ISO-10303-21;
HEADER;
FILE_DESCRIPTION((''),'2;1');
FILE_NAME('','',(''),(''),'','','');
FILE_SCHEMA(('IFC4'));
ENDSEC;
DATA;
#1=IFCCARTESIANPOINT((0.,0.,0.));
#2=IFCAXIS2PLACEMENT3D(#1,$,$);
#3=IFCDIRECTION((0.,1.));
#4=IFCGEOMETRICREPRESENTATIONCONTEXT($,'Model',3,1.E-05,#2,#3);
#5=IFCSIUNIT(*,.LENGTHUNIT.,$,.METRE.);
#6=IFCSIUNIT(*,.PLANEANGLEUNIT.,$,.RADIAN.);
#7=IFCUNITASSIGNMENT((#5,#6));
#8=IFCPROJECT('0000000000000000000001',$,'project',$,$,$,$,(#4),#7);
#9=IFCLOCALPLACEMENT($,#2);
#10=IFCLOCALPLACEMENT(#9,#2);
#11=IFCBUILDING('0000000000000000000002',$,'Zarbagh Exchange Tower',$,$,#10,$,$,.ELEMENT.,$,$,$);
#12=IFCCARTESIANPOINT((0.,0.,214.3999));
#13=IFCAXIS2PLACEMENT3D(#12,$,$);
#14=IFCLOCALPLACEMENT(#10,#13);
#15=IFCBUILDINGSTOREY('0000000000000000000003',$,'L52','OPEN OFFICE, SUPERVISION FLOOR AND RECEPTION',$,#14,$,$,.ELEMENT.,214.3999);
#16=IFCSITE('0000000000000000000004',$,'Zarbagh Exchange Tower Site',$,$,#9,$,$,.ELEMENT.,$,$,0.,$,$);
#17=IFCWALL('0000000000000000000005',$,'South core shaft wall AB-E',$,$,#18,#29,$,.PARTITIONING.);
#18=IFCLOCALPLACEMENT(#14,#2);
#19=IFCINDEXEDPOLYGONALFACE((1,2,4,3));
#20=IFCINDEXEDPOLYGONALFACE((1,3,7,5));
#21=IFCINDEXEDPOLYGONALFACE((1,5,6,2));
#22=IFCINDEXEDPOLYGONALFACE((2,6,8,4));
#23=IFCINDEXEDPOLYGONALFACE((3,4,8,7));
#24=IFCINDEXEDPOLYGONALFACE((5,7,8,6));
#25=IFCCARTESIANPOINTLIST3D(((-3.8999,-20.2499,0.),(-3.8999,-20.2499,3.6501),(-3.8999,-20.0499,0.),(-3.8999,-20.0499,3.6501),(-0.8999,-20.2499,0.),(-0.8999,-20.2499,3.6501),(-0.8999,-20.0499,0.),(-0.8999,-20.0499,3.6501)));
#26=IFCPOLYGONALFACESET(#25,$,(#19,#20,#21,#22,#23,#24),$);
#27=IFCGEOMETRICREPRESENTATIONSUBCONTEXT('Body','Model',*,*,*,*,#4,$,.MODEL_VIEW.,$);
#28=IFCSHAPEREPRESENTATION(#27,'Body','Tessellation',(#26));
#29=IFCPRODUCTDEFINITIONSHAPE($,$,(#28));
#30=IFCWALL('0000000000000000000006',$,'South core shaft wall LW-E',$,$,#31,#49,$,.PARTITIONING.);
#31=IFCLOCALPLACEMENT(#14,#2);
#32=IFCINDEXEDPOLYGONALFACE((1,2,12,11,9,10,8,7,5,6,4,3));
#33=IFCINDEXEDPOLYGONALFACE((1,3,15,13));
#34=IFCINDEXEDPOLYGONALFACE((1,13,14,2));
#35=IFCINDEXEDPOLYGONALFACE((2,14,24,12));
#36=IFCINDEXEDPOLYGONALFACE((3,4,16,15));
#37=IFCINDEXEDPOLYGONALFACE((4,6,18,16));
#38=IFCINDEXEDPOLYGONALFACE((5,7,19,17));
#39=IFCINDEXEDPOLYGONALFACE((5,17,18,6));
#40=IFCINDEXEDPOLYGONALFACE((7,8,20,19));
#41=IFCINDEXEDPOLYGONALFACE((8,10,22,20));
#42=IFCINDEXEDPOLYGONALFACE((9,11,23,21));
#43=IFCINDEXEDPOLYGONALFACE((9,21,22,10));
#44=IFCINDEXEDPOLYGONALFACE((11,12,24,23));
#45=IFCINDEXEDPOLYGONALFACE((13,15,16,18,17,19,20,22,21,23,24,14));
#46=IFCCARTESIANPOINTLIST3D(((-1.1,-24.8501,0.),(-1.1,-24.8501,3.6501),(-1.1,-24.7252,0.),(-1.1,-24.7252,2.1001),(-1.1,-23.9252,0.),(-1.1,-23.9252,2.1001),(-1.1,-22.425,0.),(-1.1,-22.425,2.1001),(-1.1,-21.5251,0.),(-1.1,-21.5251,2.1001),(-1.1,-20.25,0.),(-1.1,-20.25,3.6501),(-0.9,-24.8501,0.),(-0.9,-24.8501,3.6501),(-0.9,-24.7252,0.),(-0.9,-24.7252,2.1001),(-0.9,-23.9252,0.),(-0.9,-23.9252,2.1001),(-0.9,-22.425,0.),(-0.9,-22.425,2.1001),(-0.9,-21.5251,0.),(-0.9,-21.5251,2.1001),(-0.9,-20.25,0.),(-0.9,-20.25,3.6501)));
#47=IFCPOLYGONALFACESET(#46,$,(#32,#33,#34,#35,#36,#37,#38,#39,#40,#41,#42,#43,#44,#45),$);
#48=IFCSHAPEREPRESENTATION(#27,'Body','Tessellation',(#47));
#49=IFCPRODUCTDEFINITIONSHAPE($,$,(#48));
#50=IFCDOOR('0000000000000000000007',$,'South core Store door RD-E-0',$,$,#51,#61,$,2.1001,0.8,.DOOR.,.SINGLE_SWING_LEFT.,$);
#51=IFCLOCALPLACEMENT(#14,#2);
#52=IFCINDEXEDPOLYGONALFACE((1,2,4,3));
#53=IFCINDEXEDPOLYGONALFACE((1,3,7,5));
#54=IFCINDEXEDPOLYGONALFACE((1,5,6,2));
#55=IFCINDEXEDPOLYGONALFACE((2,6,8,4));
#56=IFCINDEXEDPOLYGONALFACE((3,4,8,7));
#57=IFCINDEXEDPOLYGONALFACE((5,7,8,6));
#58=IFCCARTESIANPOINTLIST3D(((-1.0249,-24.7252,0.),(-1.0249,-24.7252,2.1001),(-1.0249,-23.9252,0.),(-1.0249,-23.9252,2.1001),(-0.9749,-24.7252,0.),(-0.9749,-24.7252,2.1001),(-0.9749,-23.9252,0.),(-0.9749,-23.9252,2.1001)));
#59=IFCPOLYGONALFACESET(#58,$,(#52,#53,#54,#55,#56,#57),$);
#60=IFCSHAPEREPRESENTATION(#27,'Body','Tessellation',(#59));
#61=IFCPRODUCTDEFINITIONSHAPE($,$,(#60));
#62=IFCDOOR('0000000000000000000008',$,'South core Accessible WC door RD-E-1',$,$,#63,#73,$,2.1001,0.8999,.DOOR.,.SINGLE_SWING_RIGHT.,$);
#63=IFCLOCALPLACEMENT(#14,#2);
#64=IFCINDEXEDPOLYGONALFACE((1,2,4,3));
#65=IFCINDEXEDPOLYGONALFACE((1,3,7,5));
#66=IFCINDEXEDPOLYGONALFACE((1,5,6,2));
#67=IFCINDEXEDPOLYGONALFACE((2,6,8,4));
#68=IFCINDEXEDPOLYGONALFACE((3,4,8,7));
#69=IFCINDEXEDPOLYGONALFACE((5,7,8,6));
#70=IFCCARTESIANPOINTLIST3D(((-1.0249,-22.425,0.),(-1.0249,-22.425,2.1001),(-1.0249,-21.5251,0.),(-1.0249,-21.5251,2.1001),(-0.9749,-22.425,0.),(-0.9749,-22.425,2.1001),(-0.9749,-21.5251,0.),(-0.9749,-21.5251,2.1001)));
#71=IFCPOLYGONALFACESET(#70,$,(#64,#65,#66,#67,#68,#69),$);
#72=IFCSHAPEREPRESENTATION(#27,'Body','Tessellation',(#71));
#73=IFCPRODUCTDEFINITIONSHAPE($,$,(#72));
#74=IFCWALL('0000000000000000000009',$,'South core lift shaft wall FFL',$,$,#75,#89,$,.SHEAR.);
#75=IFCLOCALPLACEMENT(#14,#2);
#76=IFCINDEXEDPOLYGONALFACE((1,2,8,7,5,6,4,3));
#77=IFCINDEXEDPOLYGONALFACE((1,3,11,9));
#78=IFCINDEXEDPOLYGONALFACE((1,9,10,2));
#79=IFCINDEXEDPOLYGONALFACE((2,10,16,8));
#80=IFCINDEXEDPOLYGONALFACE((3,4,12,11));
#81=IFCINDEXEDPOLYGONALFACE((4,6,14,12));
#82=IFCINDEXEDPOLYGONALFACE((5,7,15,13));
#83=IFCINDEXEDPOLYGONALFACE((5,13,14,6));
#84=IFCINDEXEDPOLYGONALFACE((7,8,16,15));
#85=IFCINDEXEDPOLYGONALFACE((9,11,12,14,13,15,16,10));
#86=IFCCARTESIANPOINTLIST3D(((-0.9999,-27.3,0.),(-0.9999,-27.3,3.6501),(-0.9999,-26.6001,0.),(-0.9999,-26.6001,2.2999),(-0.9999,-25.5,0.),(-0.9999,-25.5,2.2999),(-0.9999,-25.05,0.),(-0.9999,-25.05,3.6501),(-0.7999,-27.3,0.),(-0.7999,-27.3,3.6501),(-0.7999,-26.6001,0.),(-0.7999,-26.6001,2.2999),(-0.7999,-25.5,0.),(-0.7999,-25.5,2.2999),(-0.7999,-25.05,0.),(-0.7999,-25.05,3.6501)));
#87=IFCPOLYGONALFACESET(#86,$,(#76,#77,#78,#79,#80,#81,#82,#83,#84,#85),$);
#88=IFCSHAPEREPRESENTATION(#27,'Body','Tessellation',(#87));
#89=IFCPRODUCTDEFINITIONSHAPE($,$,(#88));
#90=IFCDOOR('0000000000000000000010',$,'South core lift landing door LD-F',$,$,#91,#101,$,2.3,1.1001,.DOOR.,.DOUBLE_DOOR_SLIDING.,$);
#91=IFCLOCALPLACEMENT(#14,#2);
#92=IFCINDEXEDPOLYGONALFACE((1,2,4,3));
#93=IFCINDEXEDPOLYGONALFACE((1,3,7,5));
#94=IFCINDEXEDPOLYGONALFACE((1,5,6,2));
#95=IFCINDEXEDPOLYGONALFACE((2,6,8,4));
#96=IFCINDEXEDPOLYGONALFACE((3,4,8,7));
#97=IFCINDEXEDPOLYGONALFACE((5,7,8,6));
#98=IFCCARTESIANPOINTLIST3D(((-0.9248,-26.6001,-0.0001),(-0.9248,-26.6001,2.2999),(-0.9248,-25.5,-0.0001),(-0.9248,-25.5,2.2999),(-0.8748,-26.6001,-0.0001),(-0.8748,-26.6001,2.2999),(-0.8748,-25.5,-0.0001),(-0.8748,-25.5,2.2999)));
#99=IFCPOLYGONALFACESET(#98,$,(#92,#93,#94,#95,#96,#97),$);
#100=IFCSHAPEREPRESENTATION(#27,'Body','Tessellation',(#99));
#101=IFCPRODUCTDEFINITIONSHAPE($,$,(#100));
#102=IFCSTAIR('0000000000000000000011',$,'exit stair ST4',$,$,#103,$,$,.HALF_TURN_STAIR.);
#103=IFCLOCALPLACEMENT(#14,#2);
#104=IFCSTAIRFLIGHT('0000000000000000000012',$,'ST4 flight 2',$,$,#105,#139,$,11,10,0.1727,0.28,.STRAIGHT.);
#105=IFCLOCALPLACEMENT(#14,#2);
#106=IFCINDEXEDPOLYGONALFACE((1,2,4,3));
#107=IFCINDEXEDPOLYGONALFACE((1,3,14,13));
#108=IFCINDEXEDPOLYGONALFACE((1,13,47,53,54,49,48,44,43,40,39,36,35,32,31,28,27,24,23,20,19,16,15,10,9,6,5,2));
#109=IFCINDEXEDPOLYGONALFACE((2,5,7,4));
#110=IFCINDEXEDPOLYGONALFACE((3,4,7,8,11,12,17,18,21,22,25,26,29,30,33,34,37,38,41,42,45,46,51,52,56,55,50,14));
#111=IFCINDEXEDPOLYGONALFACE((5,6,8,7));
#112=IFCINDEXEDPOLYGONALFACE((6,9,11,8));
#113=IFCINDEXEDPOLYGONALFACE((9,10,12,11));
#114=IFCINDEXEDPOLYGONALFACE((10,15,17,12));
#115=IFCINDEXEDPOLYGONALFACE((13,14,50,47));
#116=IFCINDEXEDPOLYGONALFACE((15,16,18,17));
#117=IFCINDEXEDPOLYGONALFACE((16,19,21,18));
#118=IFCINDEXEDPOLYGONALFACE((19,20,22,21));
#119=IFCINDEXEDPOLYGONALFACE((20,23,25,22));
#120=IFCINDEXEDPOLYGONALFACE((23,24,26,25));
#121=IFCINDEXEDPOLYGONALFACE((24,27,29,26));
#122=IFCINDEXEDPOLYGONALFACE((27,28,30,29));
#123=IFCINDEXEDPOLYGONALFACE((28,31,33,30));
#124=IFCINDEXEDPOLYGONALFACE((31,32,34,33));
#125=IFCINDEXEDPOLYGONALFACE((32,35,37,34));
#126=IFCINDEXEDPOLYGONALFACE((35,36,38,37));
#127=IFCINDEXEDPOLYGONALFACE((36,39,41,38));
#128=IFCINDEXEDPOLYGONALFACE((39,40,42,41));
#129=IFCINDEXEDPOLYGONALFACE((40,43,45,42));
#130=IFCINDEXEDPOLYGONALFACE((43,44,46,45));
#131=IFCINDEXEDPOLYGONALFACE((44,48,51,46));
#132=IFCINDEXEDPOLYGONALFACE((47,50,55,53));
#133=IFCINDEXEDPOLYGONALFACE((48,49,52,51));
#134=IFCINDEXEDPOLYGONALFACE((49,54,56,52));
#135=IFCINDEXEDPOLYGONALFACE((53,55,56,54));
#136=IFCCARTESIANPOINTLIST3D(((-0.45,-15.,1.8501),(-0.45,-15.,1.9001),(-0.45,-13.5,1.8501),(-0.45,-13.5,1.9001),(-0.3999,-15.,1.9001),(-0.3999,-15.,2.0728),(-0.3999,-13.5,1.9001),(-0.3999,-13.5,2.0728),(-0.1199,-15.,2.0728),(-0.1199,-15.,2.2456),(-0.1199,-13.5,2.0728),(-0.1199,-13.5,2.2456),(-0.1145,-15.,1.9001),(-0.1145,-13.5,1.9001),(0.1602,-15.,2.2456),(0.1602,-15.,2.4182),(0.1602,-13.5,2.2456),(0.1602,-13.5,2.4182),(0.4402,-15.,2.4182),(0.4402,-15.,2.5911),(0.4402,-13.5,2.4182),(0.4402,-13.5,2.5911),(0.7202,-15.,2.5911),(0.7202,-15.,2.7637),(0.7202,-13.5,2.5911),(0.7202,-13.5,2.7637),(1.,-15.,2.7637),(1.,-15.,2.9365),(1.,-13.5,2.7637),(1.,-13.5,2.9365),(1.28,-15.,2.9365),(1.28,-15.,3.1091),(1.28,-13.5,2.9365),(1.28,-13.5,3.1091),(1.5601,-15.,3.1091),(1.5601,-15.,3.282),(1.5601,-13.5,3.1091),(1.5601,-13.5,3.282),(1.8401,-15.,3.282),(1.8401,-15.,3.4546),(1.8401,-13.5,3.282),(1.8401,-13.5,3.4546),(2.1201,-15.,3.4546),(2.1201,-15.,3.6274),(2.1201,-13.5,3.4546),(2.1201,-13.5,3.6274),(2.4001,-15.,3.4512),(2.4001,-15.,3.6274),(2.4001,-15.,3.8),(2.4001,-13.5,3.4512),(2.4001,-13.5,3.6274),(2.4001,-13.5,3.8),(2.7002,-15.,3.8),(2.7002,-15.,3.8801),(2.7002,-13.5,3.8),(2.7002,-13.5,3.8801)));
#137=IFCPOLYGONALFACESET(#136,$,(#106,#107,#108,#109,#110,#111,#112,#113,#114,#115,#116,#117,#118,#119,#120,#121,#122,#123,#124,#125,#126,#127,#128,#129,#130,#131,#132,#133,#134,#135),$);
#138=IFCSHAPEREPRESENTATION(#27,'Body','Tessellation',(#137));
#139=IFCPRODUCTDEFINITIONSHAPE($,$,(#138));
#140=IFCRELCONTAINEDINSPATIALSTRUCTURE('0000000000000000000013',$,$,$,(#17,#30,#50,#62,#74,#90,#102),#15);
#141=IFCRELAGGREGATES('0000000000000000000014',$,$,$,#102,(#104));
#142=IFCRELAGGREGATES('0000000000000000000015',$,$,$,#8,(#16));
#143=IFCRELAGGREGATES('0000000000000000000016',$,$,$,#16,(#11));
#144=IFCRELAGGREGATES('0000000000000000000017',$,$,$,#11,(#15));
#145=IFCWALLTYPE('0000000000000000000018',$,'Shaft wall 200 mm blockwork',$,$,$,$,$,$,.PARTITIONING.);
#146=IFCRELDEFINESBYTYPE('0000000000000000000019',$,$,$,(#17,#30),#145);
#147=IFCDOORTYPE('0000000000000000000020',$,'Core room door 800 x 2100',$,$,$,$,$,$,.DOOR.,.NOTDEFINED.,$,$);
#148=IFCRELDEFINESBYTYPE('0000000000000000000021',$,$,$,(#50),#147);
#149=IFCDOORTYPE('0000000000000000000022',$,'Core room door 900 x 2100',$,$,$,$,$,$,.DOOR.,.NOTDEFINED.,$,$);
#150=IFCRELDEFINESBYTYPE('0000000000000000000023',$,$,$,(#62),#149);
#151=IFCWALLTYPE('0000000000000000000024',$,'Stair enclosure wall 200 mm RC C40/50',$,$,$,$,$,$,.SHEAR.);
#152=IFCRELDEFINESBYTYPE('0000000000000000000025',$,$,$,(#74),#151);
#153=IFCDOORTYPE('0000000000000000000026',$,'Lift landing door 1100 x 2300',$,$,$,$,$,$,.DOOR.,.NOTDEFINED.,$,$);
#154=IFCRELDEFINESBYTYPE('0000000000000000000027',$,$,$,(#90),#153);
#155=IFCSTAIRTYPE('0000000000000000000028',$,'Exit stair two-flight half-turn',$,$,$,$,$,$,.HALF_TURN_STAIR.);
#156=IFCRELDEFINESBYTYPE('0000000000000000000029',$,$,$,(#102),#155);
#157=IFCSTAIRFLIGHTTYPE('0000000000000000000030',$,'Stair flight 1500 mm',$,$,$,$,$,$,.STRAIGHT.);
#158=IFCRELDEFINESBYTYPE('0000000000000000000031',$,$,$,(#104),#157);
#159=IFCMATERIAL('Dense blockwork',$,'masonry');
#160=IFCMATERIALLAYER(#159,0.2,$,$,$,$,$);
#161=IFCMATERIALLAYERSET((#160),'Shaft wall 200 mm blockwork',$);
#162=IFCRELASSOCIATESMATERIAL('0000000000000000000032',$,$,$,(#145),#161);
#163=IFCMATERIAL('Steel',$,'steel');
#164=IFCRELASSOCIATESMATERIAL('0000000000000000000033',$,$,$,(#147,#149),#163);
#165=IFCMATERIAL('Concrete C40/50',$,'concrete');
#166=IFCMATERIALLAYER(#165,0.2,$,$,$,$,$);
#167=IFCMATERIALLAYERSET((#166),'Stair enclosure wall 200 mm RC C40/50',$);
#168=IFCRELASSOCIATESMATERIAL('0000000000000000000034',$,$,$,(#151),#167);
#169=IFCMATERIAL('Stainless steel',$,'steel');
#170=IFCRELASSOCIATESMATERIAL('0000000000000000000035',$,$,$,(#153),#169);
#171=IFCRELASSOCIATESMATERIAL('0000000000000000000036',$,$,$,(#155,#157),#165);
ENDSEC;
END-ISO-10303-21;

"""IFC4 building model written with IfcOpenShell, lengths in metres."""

from ifc_helpers import new_model, si_unit, direction, frame, frame_2d, origin, place, context, subcontext, project, spatial, polyline, rectangle, outline, extrude, material, layer, layer_set, type_object, element, fill, aggregate, save


model = new_model("IFC4")

# Units and contexts
model_context = context("Model", 3, precision=1e-05, world=origin(), true_north=direction((0.0, 1.0)))
body_context = subcontext(model_context, "Body", "Model", "MODEL_VIEW")
ifc_project = project(units=[si_unit("LENGTHUNIT", "METRE"), si_unit("PLANEANGLEUNIT", "RADIAN")], contexts=[model_context])

# Site, building, storey
site_placement = place(None, origin())
site = spatial("IfcSite", under=ifc_project, at=site_placement, Name="Zarbagh Exchange Tower Site", CompositionType="ELEMENT", RefElevation=0.0)
building_placement = place(site_placement, origin())
building = spatial("IfcBuilding", under=site, at=building_placement, Name="Zarbagh Exchange Tower", CompositionType="ELEMENT")
storey_placement = place(building_placement, frame((0.0, 0.0, 214.3999)))
storey = spatial("IfcBuildingStorey", under=building, at=storey_placement, Name="L52", Description="OPEN OFFICE, SUPERVISION FLOOR AND RECEPTION", CompositionType="ELEMENT", Elevation=214.3999)

# Shared definitions
ifc_material_1 = material(Name="Concrete C40/50", Category="concrete")

# Shared definitions
ifc_material_2 = material(Name="Dense blockwork", Category="masonry")

# Wall
ifc_layer_1 = layer(ifc_material_2, 0.2)
ifc_layer_set_1 = layer_set([ifc_layer_1], Name="Shaft wall 200 mm blockwork")
wall_type_1 = type_object("IfcWallType", Name="Shaft wall 200 mm blockwork", PredefinedType="PARTITIONING", material=ifc_layer_set_1)
wall_1_placement = place(storey_placement, frame((-0.8999, -20.1499, 0.0), z_axis=(0.0, 0.0, 1.0), x_axis=(-1.0, 0.0, 0.0)))
element("IfcWall", 1, at=wall_1_placement, inside=storey, type_object=wall_type_1, Name="South core shaft wall AB-E", PredefinedType="PARTITIONING", context=body_context, shape_type="SweptSolid", body=[
    extrude(rectangle(XDim=3.0, YDim=0.2, at=frame_2d((1.5, 0.0))), origin(), (0.0, 0.0, 1.0), 3.6501),
])

# Wall, openings, doors
wall_2_placement = place(storey_placement, frame((-1.0, -24.8501, 0.0), z_axis=(0.0, 0.0, 1.0), x_axis=(0.0, 1.0, 0.0)))
wall_2 = element("IfcWall", 2, at=wall_2_placement, inside=storey, type_object=wall_type_1, Name="South core shaft wall LW-E", PredefinedType="PARTITIONING", context=body_context, shape_type="SweptSolid", body=[
    extrude(rectangle(XDim=4.6001, YDim=0.2, at=frame_2d((2.3, 0.0))), origin(), (0.0, 0.0, 1.0), 3.6501),
])
opening_1_placement = place(wall_2_placement, frame((0.125, 0.0, 0.0)))
opening_1 = element("IfcOpeningElement", 3, at=opening_1_placement, cuts=wall_2, PredefinedType="OPENING", context=body_context, shape_type="SweptSolid", body=[
    extrude(rectangle(XDim=0.8, YDim=2.1001, at=frame_2d((0.3999, 1.05))), frame((0.0, 0.1099, 0.0), z_axis=(0.0, -1.0, 0.0), x_axis=(1.0, 0.0, 0.0)), (0.0, 0.0, 1.0), 0.22),
])
opening_2_placement = place(wall_2_placement, frame((2.425, 0.0, 0.0)))
opening_2 = element("IfcOpeningElement", 4, at=opening_2_placement, cuts=wall_2, PredefinedType="OPENING", context=body_context, shape_type="SweptSolid", body=[
    extrude(rectangle(XDim=0.8999, YDim=2.1001, at=frame_2d((0.45, 1.05))), frame((0.0, 0.1099, 0.0), z_axis=(0.0, -1.0, 0.0), x_axis=(1.0, 0.0, 0.0)), (0.0, 0.0, 1.0), 0.22),
])
ifc_material_3 = material(Name="Steel", Category="steel")
door_type_1 = type_object("IfcDoorType", Name="Core room door 800 x 2100", OperationType="NOTDEFINED", PredefinedType="DOOR", material=ifc_material_3)
door_1_placement = place(opening_1_placement, origin())
door_1 = element("IfcDoor", 5, at=door_1_placement, inside=storey, type_object=door_type_1, Name="South core Store door RD-E-0", OperationType="SINGLE_SWING_LEFT", OverallHeight=2.1001, OverallWidth=0.8, PredefinedType="DOOR", context=body_context, shape_type="SweptSolid", body=[
    extrude(rectangle(XDim=0.8, YDim=2.1001, at=frame_2d((0.3999, 1.05))), frame((0.0, 0.0249, 0.0), z_axis=(0.0, -1.0, 0.0), x_axis=(1.0, 0.0, 0.0)), (0.0, 0.0, 1.0), 0.05),
])
fill(opening_1, door_1)
door_type_2 = type_object("IfcDoorType", Name="Core room door 900 x 2100", OperationType="NOTDEFINED", PredefinedType="DOOR", material=ifc_material_3)
door_2_placement = place(opening_2_placement, origin())
door_2 = element("IfcDoor", 6, at=door_2_placement, inside=storey, type_object=door_type_2, Name="South core Accessible WC door RD-E-1", OperationType="SINGLE_SWING_RIGHT", OverallHeight=2.1001, OverallWidth=0.8999, PredefinedType="DOOR", context=body_context, shape_type="SweptSolid", body=[
    extrude(rectangle(XDim=0.8999, YDim=2.1001, at=frame_2d((0.45, 1.05))), frame((0.0, 0.0249, 0.0), z_axis=(0.0, -1.0, 0.0), x_axis=(1.0, 0.0, 0.0)), (0.0, 0.0, 1.0), 0.05),
])
fill(opening_2, door_2)

# Wall, opening, door
ifc_layer_2 = layer(ifc_material_1, 0.2)
ifc_layer_set_2 = layer_set([ifc_layer_2], Name="Stair enclosure wall 200 mm RC C40/50")
wall_type_2 = type_object("IfcWallType", Name="Stair enclosure wall 200 mm RC C40/50", PredefinedType="SHEAR", material=ifc_layer_set_2)
wall_3_placement = place(storey_placement, frame((-0.8999, -27.3, 0.0), z_axis=(0.0, 0.0, 1.0), x_axis=(0.0, 1.0, 0.0)))
wall_3 = element("IfcWall", 7, at=wall_3_placement, inside=storey, type_object=wall_type_2, Name="South core lift shaft wall FFL", PredefinedType="SHEAR", context=body_context, shape_type="SweptSolid", body=[
    extrude(rectangle(XDim=2.25, YDim=0.2, at=frame_2d((1.125, 0.0))), origin(), (0.0, 0.0, 1.0), 3.6501),
])
opening_3_placement = place(wall_3_placement, frame((0.7, 0.0, 0.0)))
opening_3 = element("IfcOpeningElement", 8, at=opening_3_placement, cuts=wall_3, PredefinedType="OPENING", context=body_context, shape_type="SweptSolid", body=[
    extrude(rectangle(XDim=1.1001, YDim=2.3, at=frame_2d((0.55, 1.1499))), frame((0.0, 0.1099, 0.0), z_axis=(0.0, -1.0, 0.0), x_axis=(1.0, 0.0, 0.0)), (0.0, 0.0, 1.0), 0.22),
])
ifc_material_4 = material(Name="Stainless steel", Category="steel")
door_type_3 = type_object("IfcDoorType", Name="Lift landing door 1100 x 2300", OperationType="NOTDEFINED", PredefinedType="DOOR", material=ifc_material_4)
door_3_placement = place(opening_3_placement, origin())
door_3 = element("IfcDoor", 9, at=door_3_placement, inside=storey, type_object=door_type_3, Name="South core lift landing door LD-F", OperationType="DOUBLE_DOOR_SLIDING", OverallHeight=2.3, OverallWidth=1.1001, PredefinedType="DOOR", context=body_context, shape_type="SweptSolid", body=[
    extrude(rectangle(XDim=1.1001, YDim=2.3, at=frame_2d((0.55, 1.1499))), frame((0.0, 0.0249, 0.0), z_axis=(0.0, -1.0, 0.0), x_axis=(1.0, 0.0, 0.0)), (0.0, 0.0, 1.0), 0.05),
])
fill(opening_3, door_3)

# Stair, stair flight
stair_type = type_object("IfcStairType", Name="Exit stair two-flight half-turn", PredefinedType="HALF_TURN_STAIR", material=ifc_material_1)
stair_placement = place(storey_placement, origin())
stair = element("IfcStair", 10, at=stair_placement, inside=storey, type_object=stair_type, Name="exit stair ST4", PredefinedType="HALF_TURN_STAIR")
stair_flight_type = type_object("IfcStairFlightType", Name="Stair flight 1500 mm", PredefinedType="STRAIGHT", material=ifc_material_1)
stair_flight_placement = place(storey_placement, frame((-0.3999, -14.25, 1.9001), z_axis=(0.0, 0.0, 1.0), x_axis=(1.0, 0.0, 0.0)))
stair_flight = element("IfcStairFlight", 11, at=stair_flight_placement, type_object=stair_flight_type, Name="ST4 flight 2", NumberOfRisers=11, NumberOfTreads=10, PredefinedType="STRAIGHT", RiserHeight=0.1727, TreadLength=0.28, context=body_context, shape_type="SweptSolid", body=[
    extrude(outline(polyline([(-0.05, -0.05), (-0.05, 0.0), (0.0, 0.0), (0.0, 0.1726), (0.28, 0.1726), (0.28, 0.3455), (0.5601, 0.3455), (0.5601, 0.5181), (0.8401, 0.5181), (0.8401, 0.6909), (1.1201, 0.6909), (1.1201, 0.8635), (1.3999, 0.8635), (1.3999, 1.0364), (1.6799, 1.0364), (1.6799, 1.209), (1.96, 1.209), (1.96, 1.3818), (2.24, 1.3818), (2.24, 1.5544), (2.52, 1.5544), (2.52, 1.7273), (2.8, 1.7273), (2.8, 1.8999), (3.1001, 1.98), (3.1001, 1.8999), (2.8, 1.551), (0.2854, 0.0), (-0.05, -0.05)])), frame((0.0, 0.75, 0.0), z_axis=(0.0, -1.0, 0.0), x_axis=(1.0, 0.0, 0.0)), (0.0, 0.0, 1.0), 1.5),
])
aggregate(stair, [stair_flight])

save(model, "model.ifc")
